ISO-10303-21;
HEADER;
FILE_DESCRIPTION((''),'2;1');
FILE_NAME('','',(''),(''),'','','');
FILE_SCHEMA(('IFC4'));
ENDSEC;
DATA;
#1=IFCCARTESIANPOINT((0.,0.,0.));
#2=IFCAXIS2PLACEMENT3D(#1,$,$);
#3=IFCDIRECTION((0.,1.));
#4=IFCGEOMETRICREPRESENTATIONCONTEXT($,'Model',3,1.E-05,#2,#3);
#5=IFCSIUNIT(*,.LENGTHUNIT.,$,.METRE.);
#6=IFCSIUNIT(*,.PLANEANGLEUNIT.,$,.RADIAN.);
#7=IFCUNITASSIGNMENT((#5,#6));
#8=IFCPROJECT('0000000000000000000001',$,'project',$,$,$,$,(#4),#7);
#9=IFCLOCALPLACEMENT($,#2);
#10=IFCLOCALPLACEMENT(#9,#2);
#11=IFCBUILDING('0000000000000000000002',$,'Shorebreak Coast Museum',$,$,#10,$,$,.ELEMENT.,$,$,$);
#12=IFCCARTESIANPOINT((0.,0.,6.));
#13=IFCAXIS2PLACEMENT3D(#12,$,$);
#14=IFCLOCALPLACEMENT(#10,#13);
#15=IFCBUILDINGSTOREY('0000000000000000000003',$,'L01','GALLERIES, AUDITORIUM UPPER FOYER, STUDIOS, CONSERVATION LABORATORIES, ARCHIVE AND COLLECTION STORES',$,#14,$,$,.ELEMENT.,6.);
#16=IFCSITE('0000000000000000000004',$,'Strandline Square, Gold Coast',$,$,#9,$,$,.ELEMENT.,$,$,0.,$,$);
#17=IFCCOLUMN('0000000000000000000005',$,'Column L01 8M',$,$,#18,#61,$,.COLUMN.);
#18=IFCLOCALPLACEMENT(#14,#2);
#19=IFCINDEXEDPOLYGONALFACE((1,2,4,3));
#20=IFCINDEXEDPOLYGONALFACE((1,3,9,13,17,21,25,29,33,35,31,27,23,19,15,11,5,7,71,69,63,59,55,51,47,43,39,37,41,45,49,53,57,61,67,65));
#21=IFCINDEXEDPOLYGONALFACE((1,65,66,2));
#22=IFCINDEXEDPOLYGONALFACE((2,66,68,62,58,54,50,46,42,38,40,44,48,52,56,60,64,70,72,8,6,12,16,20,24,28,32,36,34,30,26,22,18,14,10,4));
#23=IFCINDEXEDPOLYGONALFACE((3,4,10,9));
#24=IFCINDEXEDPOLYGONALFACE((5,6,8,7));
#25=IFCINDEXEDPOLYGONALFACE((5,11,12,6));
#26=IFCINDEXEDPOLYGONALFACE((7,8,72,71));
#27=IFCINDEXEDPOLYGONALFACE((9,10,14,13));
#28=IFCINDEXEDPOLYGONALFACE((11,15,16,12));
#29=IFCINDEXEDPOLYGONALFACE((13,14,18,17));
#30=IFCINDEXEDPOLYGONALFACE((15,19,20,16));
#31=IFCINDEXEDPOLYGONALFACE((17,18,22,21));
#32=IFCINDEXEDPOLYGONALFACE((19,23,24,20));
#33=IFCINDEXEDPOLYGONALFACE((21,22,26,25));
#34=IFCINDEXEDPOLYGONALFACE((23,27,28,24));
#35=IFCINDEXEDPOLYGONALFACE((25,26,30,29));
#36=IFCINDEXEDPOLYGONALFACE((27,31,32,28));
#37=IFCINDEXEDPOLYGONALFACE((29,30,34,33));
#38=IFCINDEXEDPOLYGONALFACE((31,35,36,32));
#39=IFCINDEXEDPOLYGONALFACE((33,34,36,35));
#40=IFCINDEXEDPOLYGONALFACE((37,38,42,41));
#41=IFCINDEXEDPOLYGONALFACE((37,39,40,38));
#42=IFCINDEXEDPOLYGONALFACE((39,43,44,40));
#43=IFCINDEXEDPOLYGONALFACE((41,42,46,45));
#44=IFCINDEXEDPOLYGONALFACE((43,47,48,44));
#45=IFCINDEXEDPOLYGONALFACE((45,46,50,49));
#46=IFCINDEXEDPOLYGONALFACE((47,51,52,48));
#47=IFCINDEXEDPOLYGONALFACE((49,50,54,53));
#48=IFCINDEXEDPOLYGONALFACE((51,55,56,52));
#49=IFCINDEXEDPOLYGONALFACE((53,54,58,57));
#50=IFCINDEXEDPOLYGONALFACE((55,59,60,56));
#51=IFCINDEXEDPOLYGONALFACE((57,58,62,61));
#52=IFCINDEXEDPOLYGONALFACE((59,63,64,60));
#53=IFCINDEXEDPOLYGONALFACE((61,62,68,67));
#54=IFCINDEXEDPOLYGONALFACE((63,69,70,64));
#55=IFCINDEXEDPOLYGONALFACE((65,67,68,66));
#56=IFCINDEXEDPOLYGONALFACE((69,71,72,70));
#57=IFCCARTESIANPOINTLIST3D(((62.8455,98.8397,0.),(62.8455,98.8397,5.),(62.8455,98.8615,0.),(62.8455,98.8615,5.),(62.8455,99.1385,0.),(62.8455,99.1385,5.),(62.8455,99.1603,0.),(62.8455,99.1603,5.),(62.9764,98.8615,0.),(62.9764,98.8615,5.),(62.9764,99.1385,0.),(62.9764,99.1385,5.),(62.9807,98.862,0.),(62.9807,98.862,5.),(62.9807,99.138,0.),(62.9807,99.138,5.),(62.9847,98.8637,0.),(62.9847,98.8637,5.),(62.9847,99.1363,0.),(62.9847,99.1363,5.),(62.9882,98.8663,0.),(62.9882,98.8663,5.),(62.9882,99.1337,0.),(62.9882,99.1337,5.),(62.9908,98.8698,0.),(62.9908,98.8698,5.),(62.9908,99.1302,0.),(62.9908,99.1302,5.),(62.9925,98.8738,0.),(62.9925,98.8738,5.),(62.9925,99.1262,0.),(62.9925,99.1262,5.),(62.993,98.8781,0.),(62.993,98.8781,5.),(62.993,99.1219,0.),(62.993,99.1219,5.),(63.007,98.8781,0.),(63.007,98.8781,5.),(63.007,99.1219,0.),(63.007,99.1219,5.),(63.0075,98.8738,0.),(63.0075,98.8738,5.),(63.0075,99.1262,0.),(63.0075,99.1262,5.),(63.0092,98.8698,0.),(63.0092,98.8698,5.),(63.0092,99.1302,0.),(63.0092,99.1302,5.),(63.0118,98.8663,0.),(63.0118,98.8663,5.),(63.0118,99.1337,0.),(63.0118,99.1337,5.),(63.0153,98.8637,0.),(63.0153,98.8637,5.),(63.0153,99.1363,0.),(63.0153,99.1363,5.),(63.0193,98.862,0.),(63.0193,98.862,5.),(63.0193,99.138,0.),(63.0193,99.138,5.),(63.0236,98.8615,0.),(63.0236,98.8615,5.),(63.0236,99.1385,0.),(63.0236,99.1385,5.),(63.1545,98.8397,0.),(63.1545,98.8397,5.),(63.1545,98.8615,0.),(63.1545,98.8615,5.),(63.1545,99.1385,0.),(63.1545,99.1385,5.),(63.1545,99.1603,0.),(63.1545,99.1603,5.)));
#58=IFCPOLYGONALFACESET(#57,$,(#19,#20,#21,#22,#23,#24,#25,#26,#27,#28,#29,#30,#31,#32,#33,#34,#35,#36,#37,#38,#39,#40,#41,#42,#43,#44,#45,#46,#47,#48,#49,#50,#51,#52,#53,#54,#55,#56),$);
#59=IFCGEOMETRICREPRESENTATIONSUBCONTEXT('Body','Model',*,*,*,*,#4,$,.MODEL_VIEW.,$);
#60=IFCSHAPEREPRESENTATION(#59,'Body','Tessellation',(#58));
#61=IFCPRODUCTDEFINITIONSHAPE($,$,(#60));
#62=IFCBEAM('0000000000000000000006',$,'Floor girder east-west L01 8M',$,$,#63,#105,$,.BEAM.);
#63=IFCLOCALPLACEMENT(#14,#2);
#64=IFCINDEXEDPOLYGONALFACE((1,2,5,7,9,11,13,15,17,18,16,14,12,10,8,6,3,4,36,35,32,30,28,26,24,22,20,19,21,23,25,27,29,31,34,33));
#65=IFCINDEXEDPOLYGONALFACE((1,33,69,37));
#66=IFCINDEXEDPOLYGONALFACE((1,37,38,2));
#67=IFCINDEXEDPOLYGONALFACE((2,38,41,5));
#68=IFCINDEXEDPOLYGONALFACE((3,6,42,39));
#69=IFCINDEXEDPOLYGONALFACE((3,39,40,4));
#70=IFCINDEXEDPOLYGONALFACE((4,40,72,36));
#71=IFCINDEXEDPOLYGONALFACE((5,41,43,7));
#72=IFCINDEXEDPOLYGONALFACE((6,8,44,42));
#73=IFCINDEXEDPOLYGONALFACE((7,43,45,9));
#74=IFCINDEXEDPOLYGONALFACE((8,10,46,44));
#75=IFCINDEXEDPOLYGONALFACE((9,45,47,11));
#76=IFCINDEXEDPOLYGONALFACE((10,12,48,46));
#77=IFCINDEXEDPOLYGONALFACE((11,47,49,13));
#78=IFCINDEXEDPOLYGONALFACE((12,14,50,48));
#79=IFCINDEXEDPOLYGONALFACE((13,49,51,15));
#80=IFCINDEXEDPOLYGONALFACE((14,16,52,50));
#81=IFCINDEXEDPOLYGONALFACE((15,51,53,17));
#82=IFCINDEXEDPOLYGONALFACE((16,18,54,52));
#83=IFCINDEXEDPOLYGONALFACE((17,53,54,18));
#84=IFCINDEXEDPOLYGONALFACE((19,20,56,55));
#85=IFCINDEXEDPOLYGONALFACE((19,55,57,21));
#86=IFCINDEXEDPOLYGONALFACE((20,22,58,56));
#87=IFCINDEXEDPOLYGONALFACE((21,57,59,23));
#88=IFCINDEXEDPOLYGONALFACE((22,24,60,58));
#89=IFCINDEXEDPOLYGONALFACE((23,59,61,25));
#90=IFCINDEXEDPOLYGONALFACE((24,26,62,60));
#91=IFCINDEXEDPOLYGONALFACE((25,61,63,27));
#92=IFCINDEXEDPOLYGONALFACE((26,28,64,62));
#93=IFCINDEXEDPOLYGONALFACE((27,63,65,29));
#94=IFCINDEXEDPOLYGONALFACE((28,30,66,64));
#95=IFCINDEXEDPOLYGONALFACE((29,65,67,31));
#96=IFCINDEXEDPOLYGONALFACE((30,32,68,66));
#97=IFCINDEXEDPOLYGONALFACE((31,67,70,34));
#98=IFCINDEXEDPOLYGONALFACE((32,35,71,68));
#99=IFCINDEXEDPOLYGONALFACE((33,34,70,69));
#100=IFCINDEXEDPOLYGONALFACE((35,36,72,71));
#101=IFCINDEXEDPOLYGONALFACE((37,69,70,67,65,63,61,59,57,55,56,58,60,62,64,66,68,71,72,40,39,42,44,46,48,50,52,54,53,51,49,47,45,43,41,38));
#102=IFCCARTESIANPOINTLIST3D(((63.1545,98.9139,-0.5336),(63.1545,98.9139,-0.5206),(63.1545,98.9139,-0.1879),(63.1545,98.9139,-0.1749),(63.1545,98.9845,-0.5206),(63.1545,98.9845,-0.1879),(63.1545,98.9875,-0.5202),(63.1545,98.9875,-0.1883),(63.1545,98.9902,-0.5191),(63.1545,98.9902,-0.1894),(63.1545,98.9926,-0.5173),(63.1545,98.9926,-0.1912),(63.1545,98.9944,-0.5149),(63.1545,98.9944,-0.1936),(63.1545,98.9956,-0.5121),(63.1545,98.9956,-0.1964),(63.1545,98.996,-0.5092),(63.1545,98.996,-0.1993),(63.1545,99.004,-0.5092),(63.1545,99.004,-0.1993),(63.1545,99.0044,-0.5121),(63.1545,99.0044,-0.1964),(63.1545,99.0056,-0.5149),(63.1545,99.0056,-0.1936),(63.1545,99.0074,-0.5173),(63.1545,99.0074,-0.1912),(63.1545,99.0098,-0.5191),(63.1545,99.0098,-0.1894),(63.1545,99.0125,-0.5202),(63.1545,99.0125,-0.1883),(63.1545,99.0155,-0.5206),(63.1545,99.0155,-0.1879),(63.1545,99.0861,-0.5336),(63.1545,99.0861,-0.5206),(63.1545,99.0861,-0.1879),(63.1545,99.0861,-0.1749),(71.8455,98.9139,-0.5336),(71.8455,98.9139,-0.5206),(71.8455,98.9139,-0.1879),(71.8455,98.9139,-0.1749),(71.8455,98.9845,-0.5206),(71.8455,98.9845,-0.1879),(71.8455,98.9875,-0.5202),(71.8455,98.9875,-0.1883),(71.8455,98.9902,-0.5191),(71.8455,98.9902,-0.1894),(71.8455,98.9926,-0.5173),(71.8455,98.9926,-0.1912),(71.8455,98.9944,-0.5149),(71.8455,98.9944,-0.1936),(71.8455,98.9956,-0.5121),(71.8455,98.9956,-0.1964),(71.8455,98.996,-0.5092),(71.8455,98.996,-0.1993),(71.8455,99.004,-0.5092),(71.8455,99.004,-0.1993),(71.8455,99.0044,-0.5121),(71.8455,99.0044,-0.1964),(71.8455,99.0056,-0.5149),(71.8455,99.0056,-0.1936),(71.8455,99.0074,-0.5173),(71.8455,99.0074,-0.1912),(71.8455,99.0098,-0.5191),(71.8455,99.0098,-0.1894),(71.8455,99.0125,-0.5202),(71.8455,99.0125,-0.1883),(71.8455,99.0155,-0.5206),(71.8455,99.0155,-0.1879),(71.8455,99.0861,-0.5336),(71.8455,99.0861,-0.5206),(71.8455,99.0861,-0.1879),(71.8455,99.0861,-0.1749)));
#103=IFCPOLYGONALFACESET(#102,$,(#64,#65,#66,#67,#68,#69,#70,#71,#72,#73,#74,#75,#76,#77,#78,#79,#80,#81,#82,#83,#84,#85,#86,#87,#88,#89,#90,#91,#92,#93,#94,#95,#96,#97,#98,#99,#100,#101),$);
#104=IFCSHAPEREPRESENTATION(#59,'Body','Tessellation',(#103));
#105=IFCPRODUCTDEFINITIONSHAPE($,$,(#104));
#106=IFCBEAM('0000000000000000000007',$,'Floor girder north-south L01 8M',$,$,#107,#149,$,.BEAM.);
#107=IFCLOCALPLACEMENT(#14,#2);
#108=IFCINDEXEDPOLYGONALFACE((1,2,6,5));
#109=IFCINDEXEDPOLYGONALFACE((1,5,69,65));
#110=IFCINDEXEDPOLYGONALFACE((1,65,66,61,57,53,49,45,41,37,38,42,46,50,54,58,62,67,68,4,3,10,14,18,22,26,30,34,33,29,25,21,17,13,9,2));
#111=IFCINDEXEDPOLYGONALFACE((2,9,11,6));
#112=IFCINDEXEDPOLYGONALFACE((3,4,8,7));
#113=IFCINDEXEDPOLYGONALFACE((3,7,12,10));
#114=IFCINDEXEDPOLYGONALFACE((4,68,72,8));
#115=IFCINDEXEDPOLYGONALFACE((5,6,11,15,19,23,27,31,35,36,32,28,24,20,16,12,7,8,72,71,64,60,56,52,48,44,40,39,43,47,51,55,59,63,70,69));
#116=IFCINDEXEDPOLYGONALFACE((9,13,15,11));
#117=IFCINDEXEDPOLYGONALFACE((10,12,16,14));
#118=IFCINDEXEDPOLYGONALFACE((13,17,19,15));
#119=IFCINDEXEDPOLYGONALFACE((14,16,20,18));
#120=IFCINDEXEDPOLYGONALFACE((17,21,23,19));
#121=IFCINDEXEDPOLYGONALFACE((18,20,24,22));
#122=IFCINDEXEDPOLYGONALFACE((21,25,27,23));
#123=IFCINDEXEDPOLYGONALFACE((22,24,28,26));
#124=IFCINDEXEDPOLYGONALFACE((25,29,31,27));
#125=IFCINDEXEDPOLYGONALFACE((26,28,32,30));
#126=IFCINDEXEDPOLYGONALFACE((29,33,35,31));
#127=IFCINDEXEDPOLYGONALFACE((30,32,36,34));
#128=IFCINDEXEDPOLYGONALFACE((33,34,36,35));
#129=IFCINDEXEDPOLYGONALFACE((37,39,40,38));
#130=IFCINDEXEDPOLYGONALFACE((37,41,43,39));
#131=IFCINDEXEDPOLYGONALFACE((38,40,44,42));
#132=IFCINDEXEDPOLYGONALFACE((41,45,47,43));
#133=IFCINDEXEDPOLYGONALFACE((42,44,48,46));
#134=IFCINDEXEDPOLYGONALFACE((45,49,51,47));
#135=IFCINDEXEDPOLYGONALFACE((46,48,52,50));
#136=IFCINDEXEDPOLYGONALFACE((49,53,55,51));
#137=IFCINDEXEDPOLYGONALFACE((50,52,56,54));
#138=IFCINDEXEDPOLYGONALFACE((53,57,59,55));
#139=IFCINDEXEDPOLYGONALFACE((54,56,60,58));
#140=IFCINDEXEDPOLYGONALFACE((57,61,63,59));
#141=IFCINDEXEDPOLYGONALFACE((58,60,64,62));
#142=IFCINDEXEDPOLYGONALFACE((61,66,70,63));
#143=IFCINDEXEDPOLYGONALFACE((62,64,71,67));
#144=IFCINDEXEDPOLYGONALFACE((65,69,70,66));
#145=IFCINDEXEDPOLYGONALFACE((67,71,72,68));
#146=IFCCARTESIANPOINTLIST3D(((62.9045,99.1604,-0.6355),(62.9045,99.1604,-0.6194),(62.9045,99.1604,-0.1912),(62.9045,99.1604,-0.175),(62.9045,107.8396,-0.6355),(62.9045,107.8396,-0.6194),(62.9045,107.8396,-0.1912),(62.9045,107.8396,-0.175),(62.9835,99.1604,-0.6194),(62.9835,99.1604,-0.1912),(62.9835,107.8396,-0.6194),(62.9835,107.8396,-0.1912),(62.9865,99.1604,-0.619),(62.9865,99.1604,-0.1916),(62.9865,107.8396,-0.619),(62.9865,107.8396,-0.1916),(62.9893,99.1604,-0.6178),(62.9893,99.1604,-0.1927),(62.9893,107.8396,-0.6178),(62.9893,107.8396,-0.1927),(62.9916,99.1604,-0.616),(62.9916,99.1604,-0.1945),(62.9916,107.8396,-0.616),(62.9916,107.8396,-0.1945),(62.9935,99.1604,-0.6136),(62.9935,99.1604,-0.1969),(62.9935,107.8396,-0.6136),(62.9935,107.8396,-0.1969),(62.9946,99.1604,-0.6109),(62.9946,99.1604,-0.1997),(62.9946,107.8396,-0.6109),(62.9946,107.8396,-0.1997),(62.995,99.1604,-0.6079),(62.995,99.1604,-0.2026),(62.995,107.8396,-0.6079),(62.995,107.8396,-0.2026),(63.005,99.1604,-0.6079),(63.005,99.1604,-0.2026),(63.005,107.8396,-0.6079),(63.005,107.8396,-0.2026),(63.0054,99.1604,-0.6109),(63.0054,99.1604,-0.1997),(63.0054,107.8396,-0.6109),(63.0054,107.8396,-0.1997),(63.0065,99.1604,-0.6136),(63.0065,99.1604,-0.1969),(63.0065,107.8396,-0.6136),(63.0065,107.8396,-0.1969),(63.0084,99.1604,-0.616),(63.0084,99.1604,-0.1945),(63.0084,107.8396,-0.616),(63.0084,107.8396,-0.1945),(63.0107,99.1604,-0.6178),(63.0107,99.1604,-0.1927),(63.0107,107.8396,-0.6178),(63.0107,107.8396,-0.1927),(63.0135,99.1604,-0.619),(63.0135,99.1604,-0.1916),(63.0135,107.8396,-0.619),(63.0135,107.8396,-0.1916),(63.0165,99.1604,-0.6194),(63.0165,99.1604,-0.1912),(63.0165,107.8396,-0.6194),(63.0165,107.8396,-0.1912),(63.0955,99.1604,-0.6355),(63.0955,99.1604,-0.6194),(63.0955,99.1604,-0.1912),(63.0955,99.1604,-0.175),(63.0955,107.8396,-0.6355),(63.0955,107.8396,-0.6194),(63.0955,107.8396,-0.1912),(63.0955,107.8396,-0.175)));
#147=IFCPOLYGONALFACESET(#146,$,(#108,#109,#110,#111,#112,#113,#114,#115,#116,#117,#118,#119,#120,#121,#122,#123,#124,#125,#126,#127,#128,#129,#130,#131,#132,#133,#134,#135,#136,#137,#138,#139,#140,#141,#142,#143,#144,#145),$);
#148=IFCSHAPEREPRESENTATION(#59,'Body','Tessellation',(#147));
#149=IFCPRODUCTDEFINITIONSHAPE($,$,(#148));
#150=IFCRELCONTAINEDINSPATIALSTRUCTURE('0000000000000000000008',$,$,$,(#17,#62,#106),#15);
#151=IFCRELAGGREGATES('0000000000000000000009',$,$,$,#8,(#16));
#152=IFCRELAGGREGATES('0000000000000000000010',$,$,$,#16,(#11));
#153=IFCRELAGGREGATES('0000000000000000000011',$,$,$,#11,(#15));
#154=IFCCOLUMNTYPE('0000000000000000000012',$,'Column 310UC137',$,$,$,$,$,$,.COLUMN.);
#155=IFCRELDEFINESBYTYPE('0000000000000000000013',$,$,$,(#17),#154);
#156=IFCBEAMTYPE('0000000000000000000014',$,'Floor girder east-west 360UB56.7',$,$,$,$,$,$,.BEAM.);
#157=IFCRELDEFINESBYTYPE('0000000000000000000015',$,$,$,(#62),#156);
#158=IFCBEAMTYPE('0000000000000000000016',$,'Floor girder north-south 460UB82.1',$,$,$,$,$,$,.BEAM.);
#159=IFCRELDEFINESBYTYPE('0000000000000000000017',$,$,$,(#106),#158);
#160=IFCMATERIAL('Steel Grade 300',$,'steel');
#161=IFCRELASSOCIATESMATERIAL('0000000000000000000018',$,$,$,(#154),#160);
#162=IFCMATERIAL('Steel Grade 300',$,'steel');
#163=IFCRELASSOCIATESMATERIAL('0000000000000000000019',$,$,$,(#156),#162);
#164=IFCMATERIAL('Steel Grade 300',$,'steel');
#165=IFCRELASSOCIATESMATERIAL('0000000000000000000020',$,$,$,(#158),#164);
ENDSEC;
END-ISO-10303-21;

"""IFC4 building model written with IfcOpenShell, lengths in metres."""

from ifc_helpers import new_model, si_unit, direction, frame, origin, origin_2d, place, context, subcontext, project, spatial, i_section, extrude, material, material_profile, profile_set, type_object, element, save


model = new_model("IFC4")

# Units and contexts
model_context = context("Model", 3, precision=1e-05, world=origin(), true_north=direction((0.0, 1.0)))
body_context = subcontext(model_context, "Body", "Model", "MODEL_VIEW")
ifc_project = project(units=[si_unit("LENGTHUNIT", "METRE"), si_unit("PLANEANGLEUNIT", "RADIAN")], contexts=[model_context])

# Site, building, storey
site_placement = place(None, origin())
site = spatial("IfcSite", under=ifc_project, at=site_placement, Name="Strandline Square, Gold Coast", CompositionType="ELEMENT", RefElevation=0.0)
building_placement = place(site_placement, origin())
building = spatial("IfcBuilding", under=site, at=building_placement, Name="Shorebreak Coast Museum", CompositionType="ELEMENT")
storey_placement = place(building_placement, frame((0.0, 0.0, 6.0)))
storey = spatial("IfcBuildingStorey", under=building, at=storey_placement, Name="L01", Description="GALLERIES, AUDITORIUM UPPER FOYER, STUDIOS, CONSERVATION LABORATORIES, ARCHIVE AND COLLECTION STORES", CompositionType="ELEMENT", Elevation=6.0)

# Column
ifc_material_1 = material(Name="Steel Grade 300", Category="steel")
ifc_material_profile_1 = material_profile(ifc_material_1, i_section(OverallWidth=0.3091, OverallDepth=0.3206, WebThickness=0.0139, FlangeThickness=0.0217, FilletRadius=0.0166, at=origin_2d()), Name="310UC137")
ifc_profile_set_1 = profile_set([ifc_material_profile_1], Name="Steel Grade 300")
column_type = type_object("IfcColumnType", Name="Column 310UC137", PredefinedType="COLUMN", material=ifc_profile_set_1)
column_placement = place(storey_placement, frame((63.0, 99.0, 0.0), z_axis=(0.0, 0.0, 1.0), x_axis=(1.0, 0.0, 0.0)))
element("IfcColumn", 1, at=column_placement, inside=storey, type_object=column_type, Name="Column L01 8M", PredefinedType="COLUMN", context=body_context, shape_type="SweptSolid", body=[
    extrude(i_section(OverallWidth=0.3091, OverallDepth=0.3206, WebThickness=0.0139, FlangeThickness=0.0217, FilletRadius=0.0166, at=origin_2d()), origin(), (0.0, 0.0, 1.0), 5.0),
])

# Beams
ifc_material_2 = material(Name="Steel Grade 300", Category="steel")
ifc_material_profile_2 = material_profile(ifc_material_2, i_section(OverallWidth=0.1721, OverallDepth=0.3586, WebThickness=0.0081, FlangeThickness=0.0129, FilletRadius=0.0115, at=origin_2d()), Name="360UB56.7")
ifc_profile_set_2 = profile_set([ifc_material_profile_2], Name="Steel Grade 300")
beam_type_1 = type_object("IfcBeamType", Name="Floor girder east-west 360UB56.7", PredefinedType="BEAM", material=ifc_profile_set_2)
beam_1_placement = place(storey_placement, frame((63.1545, 99.0, -0.3542), z_axis=(1.0, 0.0, 0.0), x_axis=(0.0, 1.0, 0.0)))
element("IfcBeam", 2, at=beam_1_placement, inside=storey, type_object=beam_type_1, Name="Floor girder east-west L01 8M", PredefinedType="BEAM", context=body_context, shape_type="SweptSolid", body=[
    extrude(i_section(OverallWidth=0.1721, OverallDepth=0.3586, WebThickness=0.0081, FlangeThickness=0.0129, FilletRadius=0.0115, at=origin_2d()), origin(), (0.0, 0.0, 1.0), 8.6909),
])
ifc_material_3 = material(Name="Steel Grade 300", Category="steel")
ifc_material_profile_3 = material_profile(ifc_material_3, i_section(OverallWidth=0.1909, OverallDepth=0.4604, WebThickness=0.01, FlangeThickness=0.0161, FilletRadius=0.0115, at=origin_2d()), Name="460UB82.1")
ifc_profile_set_3 = profile_set([ifc_material_profile_3], Name="Steel Grade 300")
beam_type_2 = type_object("IfcBeamType", Name="Floor girder north-south 460UB82.1", PredefinedType="BEAM", material=ifc_profile_set_3)
beam_2_placement = place(storey_placement, frame((63.0, 99.1604, -0.4053), z_axis=(0.0, 1.0, 0.0), x_axis=(-1.0, 0.0, 0.0)))
element("IfcBeam", 3, at=beam_2_placement, inside=storey, type_object=beam_type_2, Name="Floor girder north-south L01 8M", PredefinedType="BEAM", context=body_context, shape_type="SweptSolid", body=[
    extrude(i_section(OverallWidth=0.1909, OverallDepth=0.4604, WebThickness=0.01, FlangeThickness=0.0161, FilletRadius=0.0115, at=origin_2d()), origin(), (0.0, 0.0, 1.0), 8.6792),
])

save(model, "model.ifc")
